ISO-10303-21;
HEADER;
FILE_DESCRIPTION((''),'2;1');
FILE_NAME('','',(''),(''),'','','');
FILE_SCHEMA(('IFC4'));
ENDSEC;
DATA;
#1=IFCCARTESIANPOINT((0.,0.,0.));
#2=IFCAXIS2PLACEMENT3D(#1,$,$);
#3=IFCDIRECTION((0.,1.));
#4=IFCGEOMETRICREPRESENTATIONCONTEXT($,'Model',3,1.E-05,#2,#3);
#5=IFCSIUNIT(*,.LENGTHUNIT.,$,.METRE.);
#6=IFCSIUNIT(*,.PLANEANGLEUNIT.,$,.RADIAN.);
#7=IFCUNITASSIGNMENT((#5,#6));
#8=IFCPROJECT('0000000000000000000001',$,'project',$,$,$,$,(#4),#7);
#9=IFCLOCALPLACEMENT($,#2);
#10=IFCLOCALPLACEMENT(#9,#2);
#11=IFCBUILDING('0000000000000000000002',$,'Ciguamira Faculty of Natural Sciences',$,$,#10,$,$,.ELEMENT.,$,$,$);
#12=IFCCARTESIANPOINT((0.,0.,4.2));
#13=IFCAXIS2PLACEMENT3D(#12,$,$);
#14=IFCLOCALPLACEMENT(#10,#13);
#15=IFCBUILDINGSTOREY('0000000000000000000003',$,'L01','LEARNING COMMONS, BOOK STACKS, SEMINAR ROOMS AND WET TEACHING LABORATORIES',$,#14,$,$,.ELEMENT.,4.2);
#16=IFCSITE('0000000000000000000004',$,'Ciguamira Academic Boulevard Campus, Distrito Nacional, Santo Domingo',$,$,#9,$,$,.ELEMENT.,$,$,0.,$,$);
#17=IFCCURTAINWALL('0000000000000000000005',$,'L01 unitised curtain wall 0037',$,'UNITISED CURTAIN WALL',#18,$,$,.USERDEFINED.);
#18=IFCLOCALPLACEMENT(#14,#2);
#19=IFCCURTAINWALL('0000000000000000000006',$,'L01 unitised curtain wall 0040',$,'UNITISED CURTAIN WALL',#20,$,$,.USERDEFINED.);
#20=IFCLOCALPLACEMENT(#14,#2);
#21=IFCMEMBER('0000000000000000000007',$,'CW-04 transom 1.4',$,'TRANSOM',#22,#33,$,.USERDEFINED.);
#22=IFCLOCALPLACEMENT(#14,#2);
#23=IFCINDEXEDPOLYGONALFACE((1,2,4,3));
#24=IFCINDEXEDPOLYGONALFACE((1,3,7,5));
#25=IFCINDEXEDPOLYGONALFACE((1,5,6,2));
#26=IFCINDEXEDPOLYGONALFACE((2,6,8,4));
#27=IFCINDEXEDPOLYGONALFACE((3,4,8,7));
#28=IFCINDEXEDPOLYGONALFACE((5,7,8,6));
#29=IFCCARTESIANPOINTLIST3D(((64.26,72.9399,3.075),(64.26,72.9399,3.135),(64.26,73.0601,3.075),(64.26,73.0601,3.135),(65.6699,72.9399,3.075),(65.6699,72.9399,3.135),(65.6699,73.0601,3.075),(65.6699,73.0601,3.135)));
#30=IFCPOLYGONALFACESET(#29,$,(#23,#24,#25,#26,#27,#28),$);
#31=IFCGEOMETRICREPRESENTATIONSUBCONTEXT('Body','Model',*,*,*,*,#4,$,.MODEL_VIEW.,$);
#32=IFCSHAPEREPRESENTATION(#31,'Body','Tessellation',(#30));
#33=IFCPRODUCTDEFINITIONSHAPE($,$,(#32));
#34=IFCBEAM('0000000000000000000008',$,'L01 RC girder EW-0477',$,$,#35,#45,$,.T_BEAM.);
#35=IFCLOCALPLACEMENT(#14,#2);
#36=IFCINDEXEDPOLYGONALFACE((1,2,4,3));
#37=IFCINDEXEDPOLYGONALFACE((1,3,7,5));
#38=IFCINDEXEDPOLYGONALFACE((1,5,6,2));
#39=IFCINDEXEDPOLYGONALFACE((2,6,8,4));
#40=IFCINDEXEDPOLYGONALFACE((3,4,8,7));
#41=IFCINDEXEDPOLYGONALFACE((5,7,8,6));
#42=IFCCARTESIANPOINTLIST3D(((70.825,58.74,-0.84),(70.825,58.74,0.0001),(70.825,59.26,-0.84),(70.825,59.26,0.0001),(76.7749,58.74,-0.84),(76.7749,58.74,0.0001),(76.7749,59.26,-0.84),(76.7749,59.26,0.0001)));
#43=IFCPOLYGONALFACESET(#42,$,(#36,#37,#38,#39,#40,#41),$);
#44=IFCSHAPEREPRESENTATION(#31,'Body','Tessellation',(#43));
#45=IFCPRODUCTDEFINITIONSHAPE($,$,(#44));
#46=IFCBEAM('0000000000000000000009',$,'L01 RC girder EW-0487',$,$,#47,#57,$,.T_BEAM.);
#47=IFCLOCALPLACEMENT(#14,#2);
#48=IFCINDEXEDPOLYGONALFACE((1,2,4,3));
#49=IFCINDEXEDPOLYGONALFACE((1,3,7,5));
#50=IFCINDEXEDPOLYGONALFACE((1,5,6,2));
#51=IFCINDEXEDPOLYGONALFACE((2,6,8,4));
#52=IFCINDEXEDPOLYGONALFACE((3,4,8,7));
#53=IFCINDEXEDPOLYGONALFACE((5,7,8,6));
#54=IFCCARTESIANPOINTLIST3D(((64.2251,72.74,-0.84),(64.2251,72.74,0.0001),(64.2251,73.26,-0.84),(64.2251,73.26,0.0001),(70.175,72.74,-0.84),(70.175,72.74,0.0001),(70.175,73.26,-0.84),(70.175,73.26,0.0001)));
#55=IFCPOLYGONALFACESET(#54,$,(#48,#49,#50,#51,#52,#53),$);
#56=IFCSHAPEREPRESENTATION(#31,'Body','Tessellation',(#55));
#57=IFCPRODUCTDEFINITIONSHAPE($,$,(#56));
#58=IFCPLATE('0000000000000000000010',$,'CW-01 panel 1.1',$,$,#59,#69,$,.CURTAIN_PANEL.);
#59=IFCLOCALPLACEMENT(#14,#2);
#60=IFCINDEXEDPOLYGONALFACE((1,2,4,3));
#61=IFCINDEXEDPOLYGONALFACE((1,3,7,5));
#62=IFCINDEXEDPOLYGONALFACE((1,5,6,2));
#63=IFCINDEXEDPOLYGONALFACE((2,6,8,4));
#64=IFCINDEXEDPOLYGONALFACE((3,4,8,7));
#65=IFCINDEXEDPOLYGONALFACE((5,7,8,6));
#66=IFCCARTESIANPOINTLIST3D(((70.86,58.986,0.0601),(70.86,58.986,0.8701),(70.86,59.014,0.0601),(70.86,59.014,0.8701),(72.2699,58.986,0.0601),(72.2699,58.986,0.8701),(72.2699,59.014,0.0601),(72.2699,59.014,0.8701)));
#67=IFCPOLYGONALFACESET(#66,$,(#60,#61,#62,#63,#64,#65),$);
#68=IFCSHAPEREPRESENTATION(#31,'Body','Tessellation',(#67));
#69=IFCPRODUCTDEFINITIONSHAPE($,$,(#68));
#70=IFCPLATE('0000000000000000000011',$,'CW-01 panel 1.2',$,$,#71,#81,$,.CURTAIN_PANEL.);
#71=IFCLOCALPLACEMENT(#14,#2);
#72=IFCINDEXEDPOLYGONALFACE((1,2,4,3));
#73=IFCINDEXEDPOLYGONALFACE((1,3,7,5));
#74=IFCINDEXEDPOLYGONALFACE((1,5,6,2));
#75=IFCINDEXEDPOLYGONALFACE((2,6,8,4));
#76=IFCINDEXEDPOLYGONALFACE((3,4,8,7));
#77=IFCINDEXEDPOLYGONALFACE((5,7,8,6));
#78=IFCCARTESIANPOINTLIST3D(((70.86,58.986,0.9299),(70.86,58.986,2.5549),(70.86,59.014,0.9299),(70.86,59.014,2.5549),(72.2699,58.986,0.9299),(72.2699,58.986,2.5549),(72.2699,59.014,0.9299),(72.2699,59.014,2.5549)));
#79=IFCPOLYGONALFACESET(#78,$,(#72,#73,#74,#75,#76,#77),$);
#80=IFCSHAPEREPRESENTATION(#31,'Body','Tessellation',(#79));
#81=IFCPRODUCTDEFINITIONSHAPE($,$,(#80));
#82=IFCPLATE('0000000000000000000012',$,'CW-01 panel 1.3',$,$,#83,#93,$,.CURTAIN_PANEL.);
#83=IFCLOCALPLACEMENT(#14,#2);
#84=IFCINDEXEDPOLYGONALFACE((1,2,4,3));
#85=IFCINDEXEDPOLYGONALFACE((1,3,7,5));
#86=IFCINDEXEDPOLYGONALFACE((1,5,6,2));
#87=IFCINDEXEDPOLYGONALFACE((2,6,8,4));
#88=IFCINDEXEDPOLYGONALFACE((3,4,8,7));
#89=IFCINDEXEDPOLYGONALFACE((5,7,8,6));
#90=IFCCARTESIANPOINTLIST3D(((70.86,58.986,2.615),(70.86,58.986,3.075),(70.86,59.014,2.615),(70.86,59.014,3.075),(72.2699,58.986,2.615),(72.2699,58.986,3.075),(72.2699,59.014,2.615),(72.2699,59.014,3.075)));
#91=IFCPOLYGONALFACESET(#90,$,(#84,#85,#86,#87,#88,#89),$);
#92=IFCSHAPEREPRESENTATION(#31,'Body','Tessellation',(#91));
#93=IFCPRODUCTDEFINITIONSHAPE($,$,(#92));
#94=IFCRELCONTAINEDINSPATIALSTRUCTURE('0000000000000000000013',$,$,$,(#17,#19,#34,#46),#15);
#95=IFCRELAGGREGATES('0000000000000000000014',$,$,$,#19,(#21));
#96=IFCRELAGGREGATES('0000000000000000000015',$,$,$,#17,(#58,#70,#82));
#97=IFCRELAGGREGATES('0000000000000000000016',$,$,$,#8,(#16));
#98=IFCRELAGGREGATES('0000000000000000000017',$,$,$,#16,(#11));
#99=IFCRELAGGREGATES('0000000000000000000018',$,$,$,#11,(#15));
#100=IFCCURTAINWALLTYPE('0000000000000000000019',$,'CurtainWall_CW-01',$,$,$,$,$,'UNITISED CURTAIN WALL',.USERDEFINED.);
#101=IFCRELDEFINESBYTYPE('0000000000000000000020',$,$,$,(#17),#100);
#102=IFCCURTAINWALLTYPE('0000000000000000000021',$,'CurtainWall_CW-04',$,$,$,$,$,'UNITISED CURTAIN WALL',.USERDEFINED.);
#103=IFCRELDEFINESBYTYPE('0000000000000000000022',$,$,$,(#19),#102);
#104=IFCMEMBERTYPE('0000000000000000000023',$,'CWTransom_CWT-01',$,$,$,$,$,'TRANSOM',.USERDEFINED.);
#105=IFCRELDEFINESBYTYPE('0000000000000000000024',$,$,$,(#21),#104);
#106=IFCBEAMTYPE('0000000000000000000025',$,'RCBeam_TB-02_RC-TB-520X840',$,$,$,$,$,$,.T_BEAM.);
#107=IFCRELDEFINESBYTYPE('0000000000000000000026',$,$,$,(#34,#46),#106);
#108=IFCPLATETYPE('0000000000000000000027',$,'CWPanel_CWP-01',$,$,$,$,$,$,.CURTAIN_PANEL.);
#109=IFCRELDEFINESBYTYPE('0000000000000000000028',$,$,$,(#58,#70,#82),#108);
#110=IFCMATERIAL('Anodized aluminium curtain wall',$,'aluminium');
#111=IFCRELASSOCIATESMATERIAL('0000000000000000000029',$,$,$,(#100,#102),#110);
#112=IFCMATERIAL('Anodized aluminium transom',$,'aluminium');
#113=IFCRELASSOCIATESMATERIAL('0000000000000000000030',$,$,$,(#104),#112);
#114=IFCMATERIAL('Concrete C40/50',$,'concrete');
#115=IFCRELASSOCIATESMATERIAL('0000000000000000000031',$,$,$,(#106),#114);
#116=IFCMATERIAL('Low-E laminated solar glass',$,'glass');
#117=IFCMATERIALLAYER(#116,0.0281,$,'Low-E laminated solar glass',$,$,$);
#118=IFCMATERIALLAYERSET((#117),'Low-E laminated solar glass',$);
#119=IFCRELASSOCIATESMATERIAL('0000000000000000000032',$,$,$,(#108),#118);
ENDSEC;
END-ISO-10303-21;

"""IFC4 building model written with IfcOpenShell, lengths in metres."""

from ifc_helpers import new_model, si_unit, direction, frame, origin, origin_2d, place, context, subcontext, project, spatial, rectangle, extrude, material, layer, layer_set, material_profile, profile_set, type_object, element, aggregate, save


model = new_model("IFC4")

# Units and contexts
model_context = context("Model", 3, precision=1e-05, world=origin(), true_north=direction((0.0, 1.0)))
body_context = subcontext(model_context, "Body", "Model", "MODEL_VIEW")
ifc_project = project(units=[si_unit("LENGTHUNIT", "METRE"), si_unit("PLANEANGLEUNIT", "RADIAN")], contexts=[model_context])

# Site, building, storey
site_placement = place(None, origin())
site = spatial("IfcSite", under=ifc_project, at=site_placement, Name="Ciguamira Academic Boulevard Campus, Distrito Nacional, Santo Domingo", CompositionType="ELEMENT", RefElevation=0.0)
building_placement = place(site_placement, origin())
building = spatial("IfcBuilding", under=site, at=building_placement, Name="Ciguamira Faculty of Natural Sciences", CompositionType="ELEMENT")
storey_placement = place(building_placement, frame((0.0, 0.0, 4.2)))
storey = spatial("IfcBuildingStorey", under=building, at=storey_placement, Name="L01", Description="LEARNING COMMONS, BOOK STACKS, SEMINAR ROOMS AND WET TEACHING LABORATORIES", CompositionType="ELEMENT", Elevation=4.2)

# Shared definitions
ifc_material_1 = material(Name="Concrete C40/50", Category="concrete")

# Curtain wall
ifc_material_2 = material(Name="Anodized aluminium curtain wall", Category="aluminium")
curtain_wall_type_1 = type_object("IfcCurtainWallType", Name="CurtainWall_CW-01", ElementType="UNITISED CURTAIN WALL", PredefinedType="USERDEFINED", material=ifc_material_2)
curtain_wall_1_placement = place(storey_placement, origin())
curtain_wall_1 = element("IfcCurtainWall", 1, at=curtain_wall_1_placement, inside=storey, type_object=curtain_wall_type_1, Name="L01 unitised curtain wall 0037", ObjectType="UNITISED CURTAIN WALL", PredefinedType="USERDEFINED")

# Curtain wall
curtain_wall_type_2 = type_object("IfcCurtainWallType", Name="CurtainWall_CW-04", ElementType="UNITISED CURTAIN WALL", PredefinedType="USERDEFINED", material=ifc_material_2)
curtain_wall_2_placement = place(storey_placement, origin())
curtain_wall_2 = element("IfcCurtainWall", 2, at=curtain_wall_2_placement, inside=storey, type_object=curtain_wall_type_2, Name="L01 unitised curtain wall 0040", ObjectType="UNITISED CURTAIN WALL", PredefinedType="USERDEFINED")

# Member
ifc_material_3 = material(Name="Anodized aluminium transom", Category="aluminium")
ifc_material_profile_1 = material_profile(ifc_material_3, rectangle(XDim=0.0601, YDim=0.1201, at=origin_2d()), Name="ALU-TRN-60X120")
ifc_profile_set_1 = profile_set([ifc_material_profile_1], Name="Anodized aluminium transom")
member_type_1 = type_object("IfcMemberType", Name="CWTransom_CWT-01", ElementType="TRANSOM", PredefinedType="USERDEFINED", material=ifc_profile_set_1)
member_1_placement = place(storey_placement, frame((64.26, 73.0, 3.105), z_axis=(1.0, 0.0, 0.0), x_axis=(0.0, 0.0, 1.0)))
member_1 = element("IfcMember", 3, at=member_1_placement, type_object=member_type_1, Name="CW-04 transom 1.4", ObjectType="TRANSOM", PredefinedType="USERDEFINED", context=body_context, shape_type="SweptSolid", body=[
    extrude(rectangle(XDim=0.0601, YDim=0.1201, at=origin_2d()), origin(), (0.0, 0.0, 1.0), 1.4099),
])
aggregate(curtain_wall_2, [member_1])

# Beams
ifc_material_profile_2 = material_profile(ifc_material_1, rectangle(XDim=0.52, YDim=0.8401, at=origin_2d()), Name="RC-TB-520X840")
ifc_profile_set_2 = profile_set([ifc_material_profile_2], Name="Concrete C40/50")
beam_type = type_object("IfcBeamType", Name="RCBeam_TB-02_RC-TB-520X840", PredefinedType="T_BEAM", material=ifc_profile_set_2)
for number, where, z_axis, x_axis, name in (
    (4, (70.825, 59.0, -0.4199), (1.0, 0.0, 0.0), (0.0, 1.0, 0.0), "L01 RC girder EW-0477"),
    (5, (64.2251, 73.0, -0.4199), (1.0, 0.0, 0.0), (0.0, 1.0, 0.0), "L01 RC girder EW-0487"),
):
    element("IfcBeam", number, at=place(storey_placement, frame(where, z_axis=z_axis, x_axis=x_axis)), inside=storey, type_object=beam_type, Name=name, PredefinedType="T_BEAM", context=body_context, shape_type="SweptSolid", body=[
        extrude(rectangle(XDim=0.52, YDim=0.8401, at=origin_2d()), origin(), (0.0, 0.0, 1.0), 5.95),
    ])

# Plates
ifc_material_4 = material(Name="Low-E laminated solar glass", Category="glass")
ifc_layer = layer(ifc_material_4, 0.0281, Name="Low-E laminated solar glass")
ifc_layer_set = layer_set([ifc_layer], Name="Low-E laminated solar glass")
plate_type = type_object("IfcPlateType", Name="CWPanel_CWP-01", PredefinedType="CURTAIN_PANEL", material=ifc_layer_set)
plate_1_placement = place(storey_placement, frame((71.5649, 59.0, 0.0601), z_axis=(0.0, 0.0, 1.0), x_axis=(1.0, 0.0, 0.0)))
plate_1 = element("IfcPlate", 6, at=plate_1_placement, type_object=plate_type, Name="CW-01 panel 1.1", PredefinedType="CURTAIN_PANEL", context=body_context, shape_type="SweptSolid", body=[
    extrude(rectangle(XDim=1.4099, YDim=0.0281, at=origin_2d()), origin(), (0.0, 0.0, 1.0), 0.8101),
])
plate_2_placement = place(storey_placement, frame((71.5649, 59.0, 0.9299), z_axis=(0.0, 0.0, 1.0), x_axis=(1.0, 0.0, 0.0)))
plate_2 = element("IfcPlate", 7, at=plate_2_placement, type_object=plate_type, Name="CW-01 panel 1.2", PredefinedType="CURTAIN_PANEL", context=body_context, shape_type="SweptSolid", body=[
    extrude(rectangle(XDim=1.4099, YDim=0.0281, at=origin_2d()), origin(), (0.0, 0.0, 1.0), 1.625),
])
plate_3_placement = place(storey_placement, frame((71.5649, 59.0, 2.615), z_axis=(0.0, 0.0, 1.0), x_axis=(1.0, 0.0, 0.0)))
plate_3 = element("IfcPlate", 8, at=plate_3_placement, type_object=plate_type, Name="CW-01 panel 1.3", PredefinedType="CURTAIN_PANEL", context=body_context, shape_type="SweptSolid", body=[
    extrude(rectangle(XDim=1.4099, YDim=0.0281, at=origin_2d()), origin(), (0.0, 0.0, 1.0), 0.46),
])
aggregate(curtain_wall_1, [plate_1, plate_2, plate_3])

save(model, "model.ifc")
